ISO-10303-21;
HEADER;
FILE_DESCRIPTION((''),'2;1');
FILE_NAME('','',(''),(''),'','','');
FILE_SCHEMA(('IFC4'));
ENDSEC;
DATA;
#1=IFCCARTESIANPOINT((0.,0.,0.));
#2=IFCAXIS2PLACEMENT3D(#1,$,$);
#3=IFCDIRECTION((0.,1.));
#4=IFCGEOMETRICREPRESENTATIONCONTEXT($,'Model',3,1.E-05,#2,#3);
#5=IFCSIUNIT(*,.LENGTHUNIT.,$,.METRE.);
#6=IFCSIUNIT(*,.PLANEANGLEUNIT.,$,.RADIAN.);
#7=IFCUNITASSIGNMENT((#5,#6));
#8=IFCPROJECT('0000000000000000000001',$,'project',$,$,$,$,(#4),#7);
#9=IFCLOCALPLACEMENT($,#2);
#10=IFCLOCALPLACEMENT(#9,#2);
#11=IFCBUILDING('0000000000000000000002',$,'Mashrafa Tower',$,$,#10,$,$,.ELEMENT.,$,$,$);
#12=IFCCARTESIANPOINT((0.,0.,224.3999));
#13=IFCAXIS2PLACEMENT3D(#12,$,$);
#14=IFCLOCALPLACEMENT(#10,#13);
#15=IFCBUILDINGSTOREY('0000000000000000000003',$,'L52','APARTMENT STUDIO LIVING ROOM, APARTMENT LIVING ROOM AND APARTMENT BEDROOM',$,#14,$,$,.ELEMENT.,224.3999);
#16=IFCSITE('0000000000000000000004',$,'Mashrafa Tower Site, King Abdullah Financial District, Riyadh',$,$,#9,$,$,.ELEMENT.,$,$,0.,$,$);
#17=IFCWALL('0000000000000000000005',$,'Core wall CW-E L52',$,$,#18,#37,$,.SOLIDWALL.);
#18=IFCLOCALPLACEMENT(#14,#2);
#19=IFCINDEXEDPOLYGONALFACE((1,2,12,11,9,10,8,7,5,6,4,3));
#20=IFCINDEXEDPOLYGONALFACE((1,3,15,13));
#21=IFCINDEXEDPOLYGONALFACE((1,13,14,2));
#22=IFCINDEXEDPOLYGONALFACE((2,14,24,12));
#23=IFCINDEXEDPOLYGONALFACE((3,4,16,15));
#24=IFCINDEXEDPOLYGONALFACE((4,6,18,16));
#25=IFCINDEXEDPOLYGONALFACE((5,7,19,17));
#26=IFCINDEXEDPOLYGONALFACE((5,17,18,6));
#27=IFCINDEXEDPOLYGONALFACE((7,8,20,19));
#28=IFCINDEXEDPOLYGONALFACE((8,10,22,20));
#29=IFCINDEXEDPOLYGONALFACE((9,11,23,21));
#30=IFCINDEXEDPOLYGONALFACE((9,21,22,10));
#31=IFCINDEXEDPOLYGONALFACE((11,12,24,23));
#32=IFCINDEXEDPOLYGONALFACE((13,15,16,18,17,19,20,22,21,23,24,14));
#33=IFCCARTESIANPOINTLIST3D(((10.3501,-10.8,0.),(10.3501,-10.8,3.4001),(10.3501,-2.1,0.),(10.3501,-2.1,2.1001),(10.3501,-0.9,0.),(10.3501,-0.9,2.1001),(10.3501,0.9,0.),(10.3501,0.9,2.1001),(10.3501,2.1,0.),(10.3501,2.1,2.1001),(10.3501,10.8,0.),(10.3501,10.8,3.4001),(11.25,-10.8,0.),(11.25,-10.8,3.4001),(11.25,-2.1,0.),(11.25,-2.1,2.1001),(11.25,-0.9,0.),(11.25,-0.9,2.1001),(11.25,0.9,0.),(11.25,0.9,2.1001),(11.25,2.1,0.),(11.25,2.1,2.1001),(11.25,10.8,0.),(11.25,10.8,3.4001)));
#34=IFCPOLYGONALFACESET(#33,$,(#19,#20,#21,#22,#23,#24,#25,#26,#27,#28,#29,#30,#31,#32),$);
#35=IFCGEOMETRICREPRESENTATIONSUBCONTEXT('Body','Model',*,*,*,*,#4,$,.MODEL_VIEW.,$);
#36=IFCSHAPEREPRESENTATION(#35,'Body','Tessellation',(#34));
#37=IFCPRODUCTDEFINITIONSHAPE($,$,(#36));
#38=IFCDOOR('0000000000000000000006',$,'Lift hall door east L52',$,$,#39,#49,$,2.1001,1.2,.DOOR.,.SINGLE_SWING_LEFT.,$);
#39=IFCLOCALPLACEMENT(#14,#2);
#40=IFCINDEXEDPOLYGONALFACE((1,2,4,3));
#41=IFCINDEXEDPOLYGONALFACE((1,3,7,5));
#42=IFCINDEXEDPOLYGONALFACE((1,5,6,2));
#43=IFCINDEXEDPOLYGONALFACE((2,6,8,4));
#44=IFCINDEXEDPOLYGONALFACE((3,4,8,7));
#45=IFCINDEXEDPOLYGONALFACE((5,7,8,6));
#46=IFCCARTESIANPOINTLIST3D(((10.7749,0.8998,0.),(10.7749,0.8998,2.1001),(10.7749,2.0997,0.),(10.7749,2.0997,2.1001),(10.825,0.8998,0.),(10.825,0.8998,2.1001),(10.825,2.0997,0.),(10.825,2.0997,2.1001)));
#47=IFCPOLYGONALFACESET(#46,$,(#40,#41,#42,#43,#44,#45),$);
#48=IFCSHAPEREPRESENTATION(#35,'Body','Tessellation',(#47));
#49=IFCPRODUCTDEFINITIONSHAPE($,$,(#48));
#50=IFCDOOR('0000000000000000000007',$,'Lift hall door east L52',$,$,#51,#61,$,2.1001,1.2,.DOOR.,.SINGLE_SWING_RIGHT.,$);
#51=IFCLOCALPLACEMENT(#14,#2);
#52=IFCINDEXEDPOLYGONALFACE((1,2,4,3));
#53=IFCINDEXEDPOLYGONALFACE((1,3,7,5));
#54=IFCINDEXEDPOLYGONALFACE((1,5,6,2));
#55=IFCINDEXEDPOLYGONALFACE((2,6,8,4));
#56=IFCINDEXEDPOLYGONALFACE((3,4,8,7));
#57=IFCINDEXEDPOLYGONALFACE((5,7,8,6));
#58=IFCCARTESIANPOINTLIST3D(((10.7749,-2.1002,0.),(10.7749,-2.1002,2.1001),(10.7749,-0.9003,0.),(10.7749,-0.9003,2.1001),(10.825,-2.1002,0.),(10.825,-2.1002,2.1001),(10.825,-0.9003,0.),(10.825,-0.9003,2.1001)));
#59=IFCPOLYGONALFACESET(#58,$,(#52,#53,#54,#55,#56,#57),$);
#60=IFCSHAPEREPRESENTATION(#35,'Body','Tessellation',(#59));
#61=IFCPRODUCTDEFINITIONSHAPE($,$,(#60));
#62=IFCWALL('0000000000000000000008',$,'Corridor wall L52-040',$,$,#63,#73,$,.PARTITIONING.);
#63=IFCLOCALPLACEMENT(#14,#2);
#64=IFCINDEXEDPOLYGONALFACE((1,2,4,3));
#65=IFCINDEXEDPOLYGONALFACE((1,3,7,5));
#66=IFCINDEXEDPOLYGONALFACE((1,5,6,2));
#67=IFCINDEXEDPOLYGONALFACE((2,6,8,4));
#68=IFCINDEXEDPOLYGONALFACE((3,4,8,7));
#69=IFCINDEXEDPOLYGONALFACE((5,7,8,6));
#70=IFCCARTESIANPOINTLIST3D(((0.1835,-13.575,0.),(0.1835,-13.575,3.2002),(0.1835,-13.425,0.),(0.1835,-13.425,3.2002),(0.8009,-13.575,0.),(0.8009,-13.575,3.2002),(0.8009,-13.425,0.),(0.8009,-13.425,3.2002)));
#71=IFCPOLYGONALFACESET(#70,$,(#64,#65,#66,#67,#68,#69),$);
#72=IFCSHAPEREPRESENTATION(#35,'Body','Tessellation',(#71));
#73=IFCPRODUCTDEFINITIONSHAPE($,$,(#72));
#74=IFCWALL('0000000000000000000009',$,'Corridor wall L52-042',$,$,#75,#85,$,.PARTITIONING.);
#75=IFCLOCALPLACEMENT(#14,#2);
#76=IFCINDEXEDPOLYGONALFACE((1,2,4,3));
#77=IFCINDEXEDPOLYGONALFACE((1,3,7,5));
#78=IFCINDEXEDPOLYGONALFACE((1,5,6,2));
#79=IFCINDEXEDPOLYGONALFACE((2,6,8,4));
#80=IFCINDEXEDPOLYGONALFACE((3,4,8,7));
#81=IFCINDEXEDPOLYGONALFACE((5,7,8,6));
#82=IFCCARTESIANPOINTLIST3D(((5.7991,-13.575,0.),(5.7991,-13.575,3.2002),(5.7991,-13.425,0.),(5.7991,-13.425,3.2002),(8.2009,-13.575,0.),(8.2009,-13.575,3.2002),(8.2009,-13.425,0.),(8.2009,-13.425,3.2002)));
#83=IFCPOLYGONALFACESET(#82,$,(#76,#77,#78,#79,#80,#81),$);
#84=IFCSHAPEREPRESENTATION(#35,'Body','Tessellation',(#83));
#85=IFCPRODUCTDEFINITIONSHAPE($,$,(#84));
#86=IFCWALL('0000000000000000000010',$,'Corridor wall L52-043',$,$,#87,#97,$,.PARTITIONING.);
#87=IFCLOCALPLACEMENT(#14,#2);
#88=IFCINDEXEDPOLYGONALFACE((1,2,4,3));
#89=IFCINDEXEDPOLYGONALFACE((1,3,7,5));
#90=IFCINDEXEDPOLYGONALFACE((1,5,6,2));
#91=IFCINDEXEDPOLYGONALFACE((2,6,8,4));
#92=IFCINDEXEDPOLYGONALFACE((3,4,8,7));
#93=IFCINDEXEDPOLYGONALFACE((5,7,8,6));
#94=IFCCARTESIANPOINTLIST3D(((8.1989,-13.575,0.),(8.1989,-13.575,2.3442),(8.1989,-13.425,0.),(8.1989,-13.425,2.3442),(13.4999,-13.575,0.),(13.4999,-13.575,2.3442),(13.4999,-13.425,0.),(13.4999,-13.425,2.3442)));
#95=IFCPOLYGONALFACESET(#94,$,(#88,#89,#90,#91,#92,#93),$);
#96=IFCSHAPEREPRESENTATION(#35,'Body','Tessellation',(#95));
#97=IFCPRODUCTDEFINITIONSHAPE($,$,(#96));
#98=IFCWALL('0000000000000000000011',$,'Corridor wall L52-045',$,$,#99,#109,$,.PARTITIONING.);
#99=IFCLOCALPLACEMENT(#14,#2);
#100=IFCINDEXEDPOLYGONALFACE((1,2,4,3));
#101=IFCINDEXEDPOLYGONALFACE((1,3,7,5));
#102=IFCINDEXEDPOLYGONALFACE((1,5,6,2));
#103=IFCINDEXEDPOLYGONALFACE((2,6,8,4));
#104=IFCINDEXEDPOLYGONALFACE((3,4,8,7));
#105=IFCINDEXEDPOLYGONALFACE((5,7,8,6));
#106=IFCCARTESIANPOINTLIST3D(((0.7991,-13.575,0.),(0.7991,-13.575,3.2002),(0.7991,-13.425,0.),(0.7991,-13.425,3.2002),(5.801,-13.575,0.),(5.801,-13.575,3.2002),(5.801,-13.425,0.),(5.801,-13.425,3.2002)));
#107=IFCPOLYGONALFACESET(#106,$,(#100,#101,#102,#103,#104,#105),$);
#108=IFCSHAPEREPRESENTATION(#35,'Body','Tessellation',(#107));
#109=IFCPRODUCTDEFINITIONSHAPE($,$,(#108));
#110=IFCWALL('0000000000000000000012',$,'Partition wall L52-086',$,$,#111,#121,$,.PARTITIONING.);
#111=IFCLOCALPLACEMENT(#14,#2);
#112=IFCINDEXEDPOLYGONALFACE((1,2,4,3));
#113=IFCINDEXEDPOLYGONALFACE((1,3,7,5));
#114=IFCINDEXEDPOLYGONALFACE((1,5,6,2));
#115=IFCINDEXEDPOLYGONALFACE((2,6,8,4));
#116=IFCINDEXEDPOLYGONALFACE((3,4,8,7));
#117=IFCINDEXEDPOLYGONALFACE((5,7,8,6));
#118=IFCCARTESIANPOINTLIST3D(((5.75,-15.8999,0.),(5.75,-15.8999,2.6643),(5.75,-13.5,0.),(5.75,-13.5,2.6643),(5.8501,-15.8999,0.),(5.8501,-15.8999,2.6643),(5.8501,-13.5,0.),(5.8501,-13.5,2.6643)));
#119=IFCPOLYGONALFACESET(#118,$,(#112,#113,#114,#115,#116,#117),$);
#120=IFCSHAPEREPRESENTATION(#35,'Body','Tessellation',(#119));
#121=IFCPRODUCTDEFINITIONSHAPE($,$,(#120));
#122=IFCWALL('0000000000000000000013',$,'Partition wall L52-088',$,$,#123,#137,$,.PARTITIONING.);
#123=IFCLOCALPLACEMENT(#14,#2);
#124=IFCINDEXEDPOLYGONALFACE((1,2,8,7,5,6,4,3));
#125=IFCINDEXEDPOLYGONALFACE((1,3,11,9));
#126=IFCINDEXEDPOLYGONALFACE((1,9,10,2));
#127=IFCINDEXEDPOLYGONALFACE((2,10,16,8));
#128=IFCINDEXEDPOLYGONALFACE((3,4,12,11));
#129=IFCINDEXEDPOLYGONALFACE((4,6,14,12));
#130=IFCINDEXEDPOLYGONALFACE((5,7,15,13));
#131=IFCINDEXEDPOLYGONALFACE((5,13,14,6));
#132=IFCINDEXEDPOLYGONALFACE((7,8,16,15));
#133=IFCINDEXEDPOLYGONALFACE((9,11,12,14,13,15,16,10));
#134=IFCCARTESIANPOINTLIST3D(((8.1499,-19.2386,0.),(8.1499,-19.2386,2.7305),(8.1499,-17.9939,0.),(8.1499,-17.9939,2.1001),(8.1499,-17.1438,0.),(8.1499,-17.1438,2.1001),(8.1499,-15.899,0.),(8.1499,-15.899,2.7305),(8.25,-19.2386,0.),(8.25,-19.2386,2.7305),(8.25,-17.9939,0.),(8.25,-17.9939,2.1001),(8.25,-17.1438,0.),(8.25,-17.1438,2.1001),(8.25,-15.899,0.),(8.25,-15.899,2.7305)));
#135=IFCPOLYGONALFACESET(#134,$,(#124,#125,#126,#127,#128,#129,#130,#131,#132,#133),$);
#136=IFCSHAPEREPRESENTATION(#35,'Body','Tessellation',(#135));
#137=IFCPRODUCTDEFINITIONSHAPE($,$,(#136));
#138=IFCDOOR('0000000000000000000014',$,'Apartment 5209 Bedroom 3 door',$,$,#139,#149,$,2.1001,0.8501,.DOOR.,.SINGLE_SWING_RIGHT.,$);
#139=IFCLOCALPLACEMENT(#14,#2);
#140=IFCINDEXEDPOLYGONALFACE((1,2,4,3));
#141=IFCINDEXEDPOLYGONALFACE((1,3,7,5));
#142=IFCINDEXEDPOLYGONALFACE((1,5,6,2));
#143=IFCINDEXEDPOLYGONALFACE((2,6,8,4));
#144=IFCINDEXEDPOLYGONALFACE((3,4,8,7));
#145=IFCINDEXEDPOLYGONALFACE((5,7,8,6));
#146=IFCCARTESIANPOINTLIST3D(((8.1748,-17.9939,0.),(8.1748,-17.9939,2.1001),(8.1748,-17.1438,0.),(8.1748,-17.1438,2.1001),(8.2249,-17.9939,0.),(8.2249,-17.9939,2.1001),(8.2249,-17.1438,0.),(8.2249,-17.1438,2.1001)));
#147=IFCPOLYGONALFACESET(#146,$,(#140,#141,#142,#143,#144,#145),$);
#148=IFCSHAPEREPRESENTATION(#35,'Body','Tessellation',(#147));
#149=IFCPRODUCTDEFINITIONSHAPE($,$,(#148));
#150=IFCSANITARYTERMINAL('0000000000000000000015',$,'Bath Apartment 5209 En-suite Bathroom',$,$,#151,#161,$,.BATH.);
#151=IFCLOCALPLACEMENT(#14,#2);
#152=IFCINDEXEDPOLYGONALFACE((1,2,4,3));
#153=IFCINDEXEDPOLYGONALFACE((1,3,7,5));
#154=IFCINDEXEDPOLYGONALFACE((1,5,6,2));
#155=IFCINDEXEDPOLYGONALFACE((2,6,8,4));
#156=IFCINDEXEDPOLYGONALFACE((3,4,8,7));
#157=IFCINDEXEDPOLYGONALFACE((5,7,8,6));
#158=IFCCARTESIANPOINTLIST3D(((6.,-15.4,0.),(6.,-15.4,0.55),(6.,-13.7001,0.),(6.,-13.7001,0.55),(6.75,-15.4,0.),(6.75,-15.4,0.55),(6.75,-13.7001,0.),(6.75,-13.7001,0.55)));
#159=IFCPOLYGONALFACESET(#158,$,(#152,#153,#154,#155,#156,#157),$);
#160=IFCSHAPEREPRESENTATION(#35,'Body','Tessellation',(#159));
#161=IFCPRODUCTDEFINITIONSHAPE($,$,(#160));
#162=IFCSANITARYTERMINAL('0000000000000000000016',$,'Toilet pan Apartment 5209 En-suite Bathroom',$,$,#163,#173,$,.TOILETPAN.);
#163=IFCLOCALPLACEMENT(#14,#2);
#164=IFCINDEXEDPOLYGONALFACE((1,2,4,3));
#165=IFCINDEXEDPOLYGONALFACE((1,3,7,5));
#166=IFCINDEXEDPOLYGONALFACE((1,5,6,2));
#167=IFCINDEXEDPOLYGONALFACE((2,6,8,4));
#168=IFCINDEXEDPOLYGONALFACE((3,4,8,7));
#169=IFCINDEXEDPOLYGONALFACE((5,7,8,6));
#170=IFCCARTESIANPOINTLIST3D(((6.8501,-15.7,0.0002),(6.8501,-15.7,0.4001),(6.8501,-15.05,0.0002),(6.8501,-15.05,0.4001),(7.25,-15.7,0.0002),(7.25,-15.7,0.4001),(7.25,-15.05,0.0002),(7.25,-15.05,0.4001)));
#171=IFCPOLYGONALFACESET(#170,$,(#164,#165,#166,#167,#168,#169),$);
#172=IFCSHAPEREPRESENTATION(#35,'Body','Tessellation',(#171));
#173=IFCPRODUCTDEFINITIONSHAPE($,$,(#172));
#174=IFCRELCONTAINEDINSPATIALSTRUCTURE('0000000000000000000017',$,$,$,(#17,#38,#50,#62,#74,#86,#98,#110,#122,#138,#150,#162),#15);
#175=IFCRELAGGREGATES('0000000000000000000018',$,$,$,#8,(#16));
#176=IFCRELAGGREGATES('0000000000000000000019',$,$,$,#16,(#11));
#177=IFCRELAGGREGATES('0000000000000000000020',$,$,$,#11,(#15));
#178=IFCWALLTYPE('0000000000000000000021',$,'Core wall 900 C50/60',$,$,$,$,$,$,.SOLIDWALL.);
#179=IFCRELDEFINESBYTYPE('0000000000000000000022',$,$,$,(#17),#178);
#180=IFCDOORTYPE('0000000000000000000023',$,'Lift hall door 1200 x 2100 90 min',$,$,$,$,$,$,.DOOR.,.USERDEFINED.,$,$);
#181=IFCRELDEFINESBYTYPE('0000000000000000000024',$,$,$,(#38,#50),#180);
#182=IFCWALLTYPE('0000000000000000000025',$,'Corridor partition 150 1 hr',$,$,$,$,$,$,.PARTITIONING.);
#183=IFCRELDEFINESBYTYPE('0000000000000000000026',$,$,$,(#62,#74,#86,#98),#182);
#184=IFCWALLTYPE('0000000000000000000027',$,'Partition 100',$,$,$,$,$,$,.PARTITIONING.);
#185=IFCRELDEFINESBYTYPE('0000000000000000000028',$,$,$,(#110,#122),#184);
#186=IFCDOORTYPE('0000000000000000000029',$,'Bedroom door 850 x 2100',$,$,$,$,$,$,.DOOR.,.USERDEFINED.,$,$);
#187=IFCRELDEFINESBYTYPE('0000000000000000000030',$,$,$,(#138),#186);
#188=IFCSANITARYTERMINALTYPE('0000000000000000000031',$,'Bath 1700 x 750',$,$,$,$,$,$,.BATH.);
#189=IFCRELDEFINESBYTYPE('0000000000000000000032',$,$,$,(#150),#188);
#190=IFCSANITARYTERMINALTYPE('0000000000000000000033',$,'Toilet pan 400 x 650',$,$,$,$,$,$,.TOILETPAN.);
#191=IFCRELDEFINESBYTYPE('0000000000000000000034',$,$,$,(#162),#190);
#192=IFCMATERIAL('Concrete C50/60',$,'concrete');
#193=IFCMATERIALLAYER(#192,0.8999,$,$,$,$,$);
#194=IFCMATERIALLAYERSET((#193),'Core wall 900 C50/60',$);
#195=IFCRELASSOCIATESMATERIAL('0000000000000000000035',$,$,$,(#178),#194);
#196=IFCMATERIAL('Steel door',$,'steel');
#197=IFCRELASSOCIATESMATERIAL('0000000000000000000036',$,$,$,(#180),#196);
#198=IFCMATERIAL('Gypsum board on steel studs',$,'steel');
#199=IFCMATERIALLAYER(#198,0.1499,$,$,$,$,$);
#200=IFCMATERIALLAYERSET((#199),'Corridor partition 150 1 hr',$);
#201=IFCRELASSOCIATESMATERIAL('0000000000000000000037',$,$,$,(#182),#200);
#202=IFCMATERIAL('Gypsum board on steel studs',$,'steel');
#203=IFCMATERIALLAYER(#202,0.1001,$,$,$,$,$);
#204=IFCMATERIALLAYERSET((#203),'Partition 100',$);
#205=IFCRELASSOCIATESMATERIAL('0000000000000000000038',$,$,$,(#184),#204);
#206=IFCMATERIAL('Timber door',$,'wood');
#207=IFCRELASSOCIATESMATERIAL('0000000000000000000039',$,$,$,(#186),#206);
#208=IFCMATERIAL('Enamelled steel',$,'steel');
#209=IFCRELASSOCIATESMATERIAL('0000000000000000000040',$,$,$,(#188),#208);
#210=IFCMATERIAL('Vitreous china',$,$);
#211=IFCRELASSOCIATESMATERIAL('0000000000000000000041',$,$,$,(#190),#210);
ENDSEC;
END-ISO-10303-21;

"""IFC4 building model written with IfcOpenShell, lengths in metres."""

from ifc_helpers import new_model, si_unit, direction, frame, frame_2d, origin, origin_2d, place, context, subcontext, project, spatial, rectangle, extrude, material, layer, layer_set, type_object, element, fill, save


model = new_model("IFC4")

# Units and contexts
model_context = context("Model", 3, precision=1e-05, world=origin(), true_north=direction((0.0, 1.0)))
body_context = subcontext(model_context, "Body", "Model", "MODEL_VIEW")
ifc_project = project(units=[si_unit("LENGTHUNIT", "METRE"), si_unit("PLANEANGLEUNIT", "RADIAN")], contexts=[model_context])

# Site, building, storey
site_placement = place(None, origin())
site = spatial("IfcSite", under=ifc_project, at=site_placement, Name="Mashrafa Tower Site, King Abdullah Financial District, Riyadh", CompositionType="ELEMENT", RefElevation=0.0)
building_placement = place(site_placement, origin())
building = spatial("IfcBuilding", under=site, at=building_placement, Name="Mashrafa Tower", CompositionType="ELEMENT")
storey_placement = place(building_placement, frame((0.0, 0.0, 224.3999)))
storey = spatial("IfcBuildingStorey", under=building, at=storey_placement, Name="L52", Description="APARTMENT STUDIO LIVING ROOM, APARTMENT LIVING ROOM AND APARTMENT BEDROOM", CompositionType="ELEMENT", Elevation=224.3999)

# Wall, openings, doors
ifc_material_1 = material(Name="Concrete C50/60", Category="concrete")
ifc_layer_1 = layer(ifc_material_1, 0.8999)
ifc_layer_set_1 = layer_set([ifc_layer_1], Name="Core wall 900 C50/60")
wall_type_1 = type_object("IfcWallType", Name="Core wall 900 C50/60", PredefinedType="SOLIDWALL", material=ifc_layer_set_1)
wall_1_placement = place(storey_placement, frame((10.8, -10.8, 0.0), z_axis=(0.0, 0.0, 1.0), x_axis=(0.0, 1.0, 0.0)))
wall_1 = element("IfcWall", 1, at=wall_1_placement, inside=storey, type_object=wall_type_1, Name="Core wall CW-E L52", PredefinedType="SOLIDWALL", context=body_context, shape_type="SweptSolid", body=[
    extrude(rectangle(XDim=21.6001, YDim=0.8999, at=frame_2d((10.8, 0.0))), origin(), (0.0, 0.0, 1.0), 3.4001),
])
opening_1_placement = place(wall_1_placement, frame((11.7, 0.0, 0.0)))
opening_1 = element("IfcOpeningElement", 2, at=opening_1_placement, cuts=wall_1, PredefinedType="OPENING", context=body_context, shape_type="SweptSolid", body=[
    extrude(rectangle(XDim=1.2, YDim=2.1001, at=frame_2d((0.6001, 1.05))), frame((0.0, 0.46, 0.0), z_axis=(0.0, -1.0, 0.0), x_axis=(1.0, 0.0, 0.0)), (0.0, 0.0, 1.0), 0.9199),
])
opening_2_placement = place(wall_1_placement, frame((8.7, 0.0, 0.0)))
opening_2 = element("IfcOpeningElement", 3, at=opening_2_placement, cuts=wall_1, PredefinedType="OPENING", context=body_context, shape_type="SweptSolid", body=[
    extrude(rectangle(XDim=1.2, YDim=2.1001, at=frame_2d((0.6001, 1.05))), frame((0.0, 0.46, 0.0), z_axis=(0.0, -1.0, 0.0), x_axis=(1.0, 0.0, 0.0)), (0.0, 0.0, 1.0), 0.9199),
])
ifc_material_2 = material(Name="Steel door", Category="steel")
door_type_1 = type_object("IfcDoorType", Name="Lift hall door 1200 x 2100 90 min", OperationType="USERDEFINED", PredefinedType="DOOR", material=ifc_material_2)
door_1_placement = place(opening_1_placement, frame((1.2, 0.0, 0.0), z_axis=(0.0, 0.0, 1.0), x_axis=(-1.0, 0.0, 0.0)))
door_1 = element("IfcDoor", 4, at=door_1_placement, inside=storey, type_object=door_type_1, Name="Lift hall door east L52", OperationType="SINGLE_SWING_LEFT", OverallHeight=2.1001, OverallWidth=1.2, PredefinedType="DOOR", context=body_context, shape_type="SweptSolid", body=[
    extrude(rectangle(XDim=1.2, YDim=2.1001, at=frame_2d((0.6001, 1.05))), frame((0.0, 0.0249, 0.0), z_axis=(0.0, -1.0, 0.0), x_axis=(1.0, 0.0, 0.0)), (0.0, 0.0, 1.0), 0.05),
])
fill(opening_1, door_1)
door_2_placement = place(opening_2_placement, frame((1.2, 0.0, 0.0), z_axis=(0.0, 0.0, 1.0), x_axis=(-1.0, 0.0, 0.0)))
door_2 = element("IfcDoor", 5, at=door_2_placement, inside=storey, type_object=door_type_1, Name="Lift hall door east L52", OperationType="SINGLE_SWING_RIGHT", OverallHeight=2.1001, OverallWidth=1.2, PredefinedType="DOOR", context=body_context, shape_type="SweptSolid", body=[
    extrude(rectangle(XDim=1.2, YDim=2.1001, at=frame_2d((0.6001, 1.05))), frame((0.0, 0.0249, 0.0), z_axis=(0.0, -1.0, 0.0), x_axis=(1.0, 0.0, 0.0)), (0.0, 0.0, 1.0), 0.05),
])
fill(opening_2, door_2)

# Walls
ifc_material_3 = material(Name="Gypsum board on steel studs", Category="steel")
ifc_layer_2 = layer(ifc_material_3, 0.1499)
ifc_layer_set_2 = layer_set([ifc_layer_2], Name="Corridor partition 150 1 hr")
wall_type_2 = type_object("IfcWallType", Name="Corridor partition 150 1 hr", PredefinedType="PARTITIONING", material=ifc_layer_set_2)
wall_2_placement = place(storey_placement, frame((0.1836, -13.5, 0.0), z_axis=(0.0, 0.0, 1.0), x_axis=(1.0, 0.0, 0.0)))
element("IfcWall", 6, at=wall_2_placement, inside=storey, type_object=wall_type_2, Name="Corridor wall L52-040", PredefinedType="PARTITIONING", context=body_context, shape_type="SweptSolid", body=[
    extrude(rectangle(XDim=0.6174, YDim=0.1499, at=frame_2d((0.3086, 0.0))), origin(), (0.0, 0.0, 1.0), 3.2002),
])
wall_3_placement = place(storey_placement, frame((5.7991, -13.5, 0.0), z_axis=(0.0, 0.0, 1.0), x_axis=(1.0, 0.0, 0.0)))
element("IfcWall", 7, at=wall_3_placement, inside=storey, type_object=wall_type_2, Name="Corridor wall L52-042", PredefinedType="PARTITIONING", context=body_context, shape_type="SweptSolid", body=[
    extrude(rectangle(XDim=2.4019, YDim=0.1499, at=frame_2d((1.2009, 0.0))), origin(), (0.0, 0.0, 1.0), 3.2002),
])
wall_4_placement = place(storey_placement, frame((8.199, -13.5, 0.0), z_axis=(0.0, 0.0, 1.0), x_axis=(1.0, 0.0, 0.0)))
element("IfcWall", 8, at=wall_4_placement, inside=storey, type_object=wall_type_2, Name="Corridor wall L52-043", PredefinedType="PARTITIONING", context=body_context, shape_type="SweptSolid", body=[
    extrude(rectangle(XDim=5.301, YDim=0.1499, at=frame_2d((2.6504, 0.0))), origin(), (0.0, 0.0, 1.0), 2.3442),
])
wall_5_placement = place(storey_placement, frame((0.7991, -13.5, 0.0), z_axis=(0.0, 0.0, 1.0), x_axis=(1.0, 0.0, 0.0)))
element("IfcWall", 9, at=wall_5_placement, inside=storey, type_object=wall_type_2, Name="Corridor wall L52-045", PredefinedType="PARTITIONING", context=body_context, shape_type="SweptSolid", body=[
    extrude(rectangle(XDim=5.002, YDim=0.1499, at=frame_2d((2.501, 0.0))), origin(), (0.0, 0.0, 1.0), 3.2002),
])
ifc_material_4 = material(Name="Gypsum board on steel studs", Category="steel")
ifc_layer_3 = layer(ifc_material_4, 0.1001)
ifc_layer_set_3 = layer_set([ifc_layer_3], Name="Partition 100")
wall_type_3 = type_object("IfcWallType", Name="Partition 100", PredefinedType="PARTITIONING", material=ifc_layer_set_3)
wall_6_placement = place(storey_placement, frame((5.8, -13.5, 0.0), z_axis=(0.0, 0.0, 1.0), x_axis=(0.0, -1.0, 0.0)))
element("IfcWall", 10, at=wall_6_placement, inside=storey, type_object=wall_type_3, Name="Partition wall L52-086", PredefinedType="PARTITIONING", context=body_context, shape_type="SweptSolid", body=[
    extrude(rectangle(XDim=2.3999, YDim=0.1001, at=frame_2d((1.2, 0.0))), origin(), (0.0, 0.0, 1.0), 2.6643),
])

# Wall, opening, door
wall_7_placement = place(storey_placement, frame((8.2, -15.8989, 0.0), z_axis=(0.0, 0.0, 1.0), x_axis=(0.0, -1.0, 0.0)))
wall_7 = element("IfcWall", 11, at=wall_7_placement, inside=storey, type_object=wall_type_3, Name="Partition wall L52-088", PredefinedType="PARTITIONING", context=body_context, shape_type="SweptSolid", body=[
    extrude(rectangle(XDim=3.3396, YDim=0.1001, at=frame_2d((1.6699, 0.0))), origin(), (0.0, 0.0, 1.0), 2.7305),
])
opening_3_placement = place(wall_7_placement, frame((1.2449, 0.0, 0.0)))
opening_3 = element("IfcOpeningElement", 12, at=opening_3_placement, cuts=wall_7, PredefinedType="OPENING", context=body_context, shape_type="SweptSolid", body=[
    extrude(rectangle(XDim=0.8501, YDim=2.1001, at=frame_2d((0.425, 1.05))), frame((0.0, 0.0601, 0.0), z_axis=(0.0, -1.0, 0.0), x_axis=(1.0, 0.0, 0.0)), (0.0, 0.0, 1.0), 0.1201),
])
ifc_material_5 = material(Name="Timber door", Category="wood")
door_type_2 = type_object("IfcDoorType", Name="Bedroom door 850 x 2100", OperationType="USERDEFINED", PredefinedType="DOOR", material=ifc_material_5)
door_3_placement = place(opening_3_placement, origin())
door_3 = element("IfcDoor", 13, at=door_3_placement, inside=storey, type_object=door_type_2, Name="Apartment 5209 Bedroom 3 door", OperationType="SINGLE_SWING_RIGHT", OverallHeight=2.1001, OverallWidth=0.8501, PredefinedType="DOOR", context=body_context, shape_type="SweptSolid", body=[
    extrude(rectangle(XDim=0.8501, YDim=2.1001, at=frame_2d((0.425, 1.05))), frame((0.0, 0.0249, 0.0), z_axis=(0.0, -1.0, 0.0), x_axis=(1.0, 0.0, 0.0)), (0.0, 0.0, 1.0), 0.05),
])
fill(opening_3, door_3)

# Sanitary terminals
ifc_material_6 = material(Name="Enamelled steel", Category="steel")
sanitary_terminal_type_1 = type_object("IfcSanitaryTerminalType", Name="Bath 1700 x 750", PredefinedType="BATH", material=ifc_material_6)
sanitary_terminal_1_placement = place(storey_placement, frame((6.375, -14.55, 0.0), z_axis=(0.0, 0.0, 1.0), x_axis=(0.0, -1.0, 0.0)))
element("IfcSanitaryTerminal", 14, at=sanitary_terminal_1_placement, inside=storey, type_object=sanitary_terminal_type_1, Name="Bath Apartment 5209 En-suite Bathroom", PredefinedType="BATH", context=body_context, shape_type="SweptSolid", body=[
    extrude(rectangle(XDim=1.7, YDim=0.75, at=origin_2d()), origin(), (0.0, 0.0, 1.0), 0.55),
])
ifc_material_7 = material(Name="Vitreous china")
sanitary_terminal_type_2 = type_object("IfcSanitaryTerminalType", Name="Toilet pan 400 x 650", PredefinedType="TOILETPAN", material=ifc_material_7)
sanitary_terminal_2_placement = place(storey_placement, frame((7.05, -15.375, 0.0002), z_axis=(0.0, 0.0, 1.0), x_axis=(1.0, 0.0, 0.0)))
element("IfcSanitaryTerminal", 15, at=sanitary_terminal_2_placement, inside=storey, type_object=sanitary_terminal_type_2, Name="Toilet pan Apartment 5209 En-suite Bathroom", PredefinedType="TOILETPAN", context=body_context, shape_type="SweptSolid", body=[
    extrude(rectangle(XDim=0.3999, YDim=0.6499, at=origin_2d()), origin(), (0.0, 0.0, 1.0), 0.3999),
])

save(model, "model.ifc")
